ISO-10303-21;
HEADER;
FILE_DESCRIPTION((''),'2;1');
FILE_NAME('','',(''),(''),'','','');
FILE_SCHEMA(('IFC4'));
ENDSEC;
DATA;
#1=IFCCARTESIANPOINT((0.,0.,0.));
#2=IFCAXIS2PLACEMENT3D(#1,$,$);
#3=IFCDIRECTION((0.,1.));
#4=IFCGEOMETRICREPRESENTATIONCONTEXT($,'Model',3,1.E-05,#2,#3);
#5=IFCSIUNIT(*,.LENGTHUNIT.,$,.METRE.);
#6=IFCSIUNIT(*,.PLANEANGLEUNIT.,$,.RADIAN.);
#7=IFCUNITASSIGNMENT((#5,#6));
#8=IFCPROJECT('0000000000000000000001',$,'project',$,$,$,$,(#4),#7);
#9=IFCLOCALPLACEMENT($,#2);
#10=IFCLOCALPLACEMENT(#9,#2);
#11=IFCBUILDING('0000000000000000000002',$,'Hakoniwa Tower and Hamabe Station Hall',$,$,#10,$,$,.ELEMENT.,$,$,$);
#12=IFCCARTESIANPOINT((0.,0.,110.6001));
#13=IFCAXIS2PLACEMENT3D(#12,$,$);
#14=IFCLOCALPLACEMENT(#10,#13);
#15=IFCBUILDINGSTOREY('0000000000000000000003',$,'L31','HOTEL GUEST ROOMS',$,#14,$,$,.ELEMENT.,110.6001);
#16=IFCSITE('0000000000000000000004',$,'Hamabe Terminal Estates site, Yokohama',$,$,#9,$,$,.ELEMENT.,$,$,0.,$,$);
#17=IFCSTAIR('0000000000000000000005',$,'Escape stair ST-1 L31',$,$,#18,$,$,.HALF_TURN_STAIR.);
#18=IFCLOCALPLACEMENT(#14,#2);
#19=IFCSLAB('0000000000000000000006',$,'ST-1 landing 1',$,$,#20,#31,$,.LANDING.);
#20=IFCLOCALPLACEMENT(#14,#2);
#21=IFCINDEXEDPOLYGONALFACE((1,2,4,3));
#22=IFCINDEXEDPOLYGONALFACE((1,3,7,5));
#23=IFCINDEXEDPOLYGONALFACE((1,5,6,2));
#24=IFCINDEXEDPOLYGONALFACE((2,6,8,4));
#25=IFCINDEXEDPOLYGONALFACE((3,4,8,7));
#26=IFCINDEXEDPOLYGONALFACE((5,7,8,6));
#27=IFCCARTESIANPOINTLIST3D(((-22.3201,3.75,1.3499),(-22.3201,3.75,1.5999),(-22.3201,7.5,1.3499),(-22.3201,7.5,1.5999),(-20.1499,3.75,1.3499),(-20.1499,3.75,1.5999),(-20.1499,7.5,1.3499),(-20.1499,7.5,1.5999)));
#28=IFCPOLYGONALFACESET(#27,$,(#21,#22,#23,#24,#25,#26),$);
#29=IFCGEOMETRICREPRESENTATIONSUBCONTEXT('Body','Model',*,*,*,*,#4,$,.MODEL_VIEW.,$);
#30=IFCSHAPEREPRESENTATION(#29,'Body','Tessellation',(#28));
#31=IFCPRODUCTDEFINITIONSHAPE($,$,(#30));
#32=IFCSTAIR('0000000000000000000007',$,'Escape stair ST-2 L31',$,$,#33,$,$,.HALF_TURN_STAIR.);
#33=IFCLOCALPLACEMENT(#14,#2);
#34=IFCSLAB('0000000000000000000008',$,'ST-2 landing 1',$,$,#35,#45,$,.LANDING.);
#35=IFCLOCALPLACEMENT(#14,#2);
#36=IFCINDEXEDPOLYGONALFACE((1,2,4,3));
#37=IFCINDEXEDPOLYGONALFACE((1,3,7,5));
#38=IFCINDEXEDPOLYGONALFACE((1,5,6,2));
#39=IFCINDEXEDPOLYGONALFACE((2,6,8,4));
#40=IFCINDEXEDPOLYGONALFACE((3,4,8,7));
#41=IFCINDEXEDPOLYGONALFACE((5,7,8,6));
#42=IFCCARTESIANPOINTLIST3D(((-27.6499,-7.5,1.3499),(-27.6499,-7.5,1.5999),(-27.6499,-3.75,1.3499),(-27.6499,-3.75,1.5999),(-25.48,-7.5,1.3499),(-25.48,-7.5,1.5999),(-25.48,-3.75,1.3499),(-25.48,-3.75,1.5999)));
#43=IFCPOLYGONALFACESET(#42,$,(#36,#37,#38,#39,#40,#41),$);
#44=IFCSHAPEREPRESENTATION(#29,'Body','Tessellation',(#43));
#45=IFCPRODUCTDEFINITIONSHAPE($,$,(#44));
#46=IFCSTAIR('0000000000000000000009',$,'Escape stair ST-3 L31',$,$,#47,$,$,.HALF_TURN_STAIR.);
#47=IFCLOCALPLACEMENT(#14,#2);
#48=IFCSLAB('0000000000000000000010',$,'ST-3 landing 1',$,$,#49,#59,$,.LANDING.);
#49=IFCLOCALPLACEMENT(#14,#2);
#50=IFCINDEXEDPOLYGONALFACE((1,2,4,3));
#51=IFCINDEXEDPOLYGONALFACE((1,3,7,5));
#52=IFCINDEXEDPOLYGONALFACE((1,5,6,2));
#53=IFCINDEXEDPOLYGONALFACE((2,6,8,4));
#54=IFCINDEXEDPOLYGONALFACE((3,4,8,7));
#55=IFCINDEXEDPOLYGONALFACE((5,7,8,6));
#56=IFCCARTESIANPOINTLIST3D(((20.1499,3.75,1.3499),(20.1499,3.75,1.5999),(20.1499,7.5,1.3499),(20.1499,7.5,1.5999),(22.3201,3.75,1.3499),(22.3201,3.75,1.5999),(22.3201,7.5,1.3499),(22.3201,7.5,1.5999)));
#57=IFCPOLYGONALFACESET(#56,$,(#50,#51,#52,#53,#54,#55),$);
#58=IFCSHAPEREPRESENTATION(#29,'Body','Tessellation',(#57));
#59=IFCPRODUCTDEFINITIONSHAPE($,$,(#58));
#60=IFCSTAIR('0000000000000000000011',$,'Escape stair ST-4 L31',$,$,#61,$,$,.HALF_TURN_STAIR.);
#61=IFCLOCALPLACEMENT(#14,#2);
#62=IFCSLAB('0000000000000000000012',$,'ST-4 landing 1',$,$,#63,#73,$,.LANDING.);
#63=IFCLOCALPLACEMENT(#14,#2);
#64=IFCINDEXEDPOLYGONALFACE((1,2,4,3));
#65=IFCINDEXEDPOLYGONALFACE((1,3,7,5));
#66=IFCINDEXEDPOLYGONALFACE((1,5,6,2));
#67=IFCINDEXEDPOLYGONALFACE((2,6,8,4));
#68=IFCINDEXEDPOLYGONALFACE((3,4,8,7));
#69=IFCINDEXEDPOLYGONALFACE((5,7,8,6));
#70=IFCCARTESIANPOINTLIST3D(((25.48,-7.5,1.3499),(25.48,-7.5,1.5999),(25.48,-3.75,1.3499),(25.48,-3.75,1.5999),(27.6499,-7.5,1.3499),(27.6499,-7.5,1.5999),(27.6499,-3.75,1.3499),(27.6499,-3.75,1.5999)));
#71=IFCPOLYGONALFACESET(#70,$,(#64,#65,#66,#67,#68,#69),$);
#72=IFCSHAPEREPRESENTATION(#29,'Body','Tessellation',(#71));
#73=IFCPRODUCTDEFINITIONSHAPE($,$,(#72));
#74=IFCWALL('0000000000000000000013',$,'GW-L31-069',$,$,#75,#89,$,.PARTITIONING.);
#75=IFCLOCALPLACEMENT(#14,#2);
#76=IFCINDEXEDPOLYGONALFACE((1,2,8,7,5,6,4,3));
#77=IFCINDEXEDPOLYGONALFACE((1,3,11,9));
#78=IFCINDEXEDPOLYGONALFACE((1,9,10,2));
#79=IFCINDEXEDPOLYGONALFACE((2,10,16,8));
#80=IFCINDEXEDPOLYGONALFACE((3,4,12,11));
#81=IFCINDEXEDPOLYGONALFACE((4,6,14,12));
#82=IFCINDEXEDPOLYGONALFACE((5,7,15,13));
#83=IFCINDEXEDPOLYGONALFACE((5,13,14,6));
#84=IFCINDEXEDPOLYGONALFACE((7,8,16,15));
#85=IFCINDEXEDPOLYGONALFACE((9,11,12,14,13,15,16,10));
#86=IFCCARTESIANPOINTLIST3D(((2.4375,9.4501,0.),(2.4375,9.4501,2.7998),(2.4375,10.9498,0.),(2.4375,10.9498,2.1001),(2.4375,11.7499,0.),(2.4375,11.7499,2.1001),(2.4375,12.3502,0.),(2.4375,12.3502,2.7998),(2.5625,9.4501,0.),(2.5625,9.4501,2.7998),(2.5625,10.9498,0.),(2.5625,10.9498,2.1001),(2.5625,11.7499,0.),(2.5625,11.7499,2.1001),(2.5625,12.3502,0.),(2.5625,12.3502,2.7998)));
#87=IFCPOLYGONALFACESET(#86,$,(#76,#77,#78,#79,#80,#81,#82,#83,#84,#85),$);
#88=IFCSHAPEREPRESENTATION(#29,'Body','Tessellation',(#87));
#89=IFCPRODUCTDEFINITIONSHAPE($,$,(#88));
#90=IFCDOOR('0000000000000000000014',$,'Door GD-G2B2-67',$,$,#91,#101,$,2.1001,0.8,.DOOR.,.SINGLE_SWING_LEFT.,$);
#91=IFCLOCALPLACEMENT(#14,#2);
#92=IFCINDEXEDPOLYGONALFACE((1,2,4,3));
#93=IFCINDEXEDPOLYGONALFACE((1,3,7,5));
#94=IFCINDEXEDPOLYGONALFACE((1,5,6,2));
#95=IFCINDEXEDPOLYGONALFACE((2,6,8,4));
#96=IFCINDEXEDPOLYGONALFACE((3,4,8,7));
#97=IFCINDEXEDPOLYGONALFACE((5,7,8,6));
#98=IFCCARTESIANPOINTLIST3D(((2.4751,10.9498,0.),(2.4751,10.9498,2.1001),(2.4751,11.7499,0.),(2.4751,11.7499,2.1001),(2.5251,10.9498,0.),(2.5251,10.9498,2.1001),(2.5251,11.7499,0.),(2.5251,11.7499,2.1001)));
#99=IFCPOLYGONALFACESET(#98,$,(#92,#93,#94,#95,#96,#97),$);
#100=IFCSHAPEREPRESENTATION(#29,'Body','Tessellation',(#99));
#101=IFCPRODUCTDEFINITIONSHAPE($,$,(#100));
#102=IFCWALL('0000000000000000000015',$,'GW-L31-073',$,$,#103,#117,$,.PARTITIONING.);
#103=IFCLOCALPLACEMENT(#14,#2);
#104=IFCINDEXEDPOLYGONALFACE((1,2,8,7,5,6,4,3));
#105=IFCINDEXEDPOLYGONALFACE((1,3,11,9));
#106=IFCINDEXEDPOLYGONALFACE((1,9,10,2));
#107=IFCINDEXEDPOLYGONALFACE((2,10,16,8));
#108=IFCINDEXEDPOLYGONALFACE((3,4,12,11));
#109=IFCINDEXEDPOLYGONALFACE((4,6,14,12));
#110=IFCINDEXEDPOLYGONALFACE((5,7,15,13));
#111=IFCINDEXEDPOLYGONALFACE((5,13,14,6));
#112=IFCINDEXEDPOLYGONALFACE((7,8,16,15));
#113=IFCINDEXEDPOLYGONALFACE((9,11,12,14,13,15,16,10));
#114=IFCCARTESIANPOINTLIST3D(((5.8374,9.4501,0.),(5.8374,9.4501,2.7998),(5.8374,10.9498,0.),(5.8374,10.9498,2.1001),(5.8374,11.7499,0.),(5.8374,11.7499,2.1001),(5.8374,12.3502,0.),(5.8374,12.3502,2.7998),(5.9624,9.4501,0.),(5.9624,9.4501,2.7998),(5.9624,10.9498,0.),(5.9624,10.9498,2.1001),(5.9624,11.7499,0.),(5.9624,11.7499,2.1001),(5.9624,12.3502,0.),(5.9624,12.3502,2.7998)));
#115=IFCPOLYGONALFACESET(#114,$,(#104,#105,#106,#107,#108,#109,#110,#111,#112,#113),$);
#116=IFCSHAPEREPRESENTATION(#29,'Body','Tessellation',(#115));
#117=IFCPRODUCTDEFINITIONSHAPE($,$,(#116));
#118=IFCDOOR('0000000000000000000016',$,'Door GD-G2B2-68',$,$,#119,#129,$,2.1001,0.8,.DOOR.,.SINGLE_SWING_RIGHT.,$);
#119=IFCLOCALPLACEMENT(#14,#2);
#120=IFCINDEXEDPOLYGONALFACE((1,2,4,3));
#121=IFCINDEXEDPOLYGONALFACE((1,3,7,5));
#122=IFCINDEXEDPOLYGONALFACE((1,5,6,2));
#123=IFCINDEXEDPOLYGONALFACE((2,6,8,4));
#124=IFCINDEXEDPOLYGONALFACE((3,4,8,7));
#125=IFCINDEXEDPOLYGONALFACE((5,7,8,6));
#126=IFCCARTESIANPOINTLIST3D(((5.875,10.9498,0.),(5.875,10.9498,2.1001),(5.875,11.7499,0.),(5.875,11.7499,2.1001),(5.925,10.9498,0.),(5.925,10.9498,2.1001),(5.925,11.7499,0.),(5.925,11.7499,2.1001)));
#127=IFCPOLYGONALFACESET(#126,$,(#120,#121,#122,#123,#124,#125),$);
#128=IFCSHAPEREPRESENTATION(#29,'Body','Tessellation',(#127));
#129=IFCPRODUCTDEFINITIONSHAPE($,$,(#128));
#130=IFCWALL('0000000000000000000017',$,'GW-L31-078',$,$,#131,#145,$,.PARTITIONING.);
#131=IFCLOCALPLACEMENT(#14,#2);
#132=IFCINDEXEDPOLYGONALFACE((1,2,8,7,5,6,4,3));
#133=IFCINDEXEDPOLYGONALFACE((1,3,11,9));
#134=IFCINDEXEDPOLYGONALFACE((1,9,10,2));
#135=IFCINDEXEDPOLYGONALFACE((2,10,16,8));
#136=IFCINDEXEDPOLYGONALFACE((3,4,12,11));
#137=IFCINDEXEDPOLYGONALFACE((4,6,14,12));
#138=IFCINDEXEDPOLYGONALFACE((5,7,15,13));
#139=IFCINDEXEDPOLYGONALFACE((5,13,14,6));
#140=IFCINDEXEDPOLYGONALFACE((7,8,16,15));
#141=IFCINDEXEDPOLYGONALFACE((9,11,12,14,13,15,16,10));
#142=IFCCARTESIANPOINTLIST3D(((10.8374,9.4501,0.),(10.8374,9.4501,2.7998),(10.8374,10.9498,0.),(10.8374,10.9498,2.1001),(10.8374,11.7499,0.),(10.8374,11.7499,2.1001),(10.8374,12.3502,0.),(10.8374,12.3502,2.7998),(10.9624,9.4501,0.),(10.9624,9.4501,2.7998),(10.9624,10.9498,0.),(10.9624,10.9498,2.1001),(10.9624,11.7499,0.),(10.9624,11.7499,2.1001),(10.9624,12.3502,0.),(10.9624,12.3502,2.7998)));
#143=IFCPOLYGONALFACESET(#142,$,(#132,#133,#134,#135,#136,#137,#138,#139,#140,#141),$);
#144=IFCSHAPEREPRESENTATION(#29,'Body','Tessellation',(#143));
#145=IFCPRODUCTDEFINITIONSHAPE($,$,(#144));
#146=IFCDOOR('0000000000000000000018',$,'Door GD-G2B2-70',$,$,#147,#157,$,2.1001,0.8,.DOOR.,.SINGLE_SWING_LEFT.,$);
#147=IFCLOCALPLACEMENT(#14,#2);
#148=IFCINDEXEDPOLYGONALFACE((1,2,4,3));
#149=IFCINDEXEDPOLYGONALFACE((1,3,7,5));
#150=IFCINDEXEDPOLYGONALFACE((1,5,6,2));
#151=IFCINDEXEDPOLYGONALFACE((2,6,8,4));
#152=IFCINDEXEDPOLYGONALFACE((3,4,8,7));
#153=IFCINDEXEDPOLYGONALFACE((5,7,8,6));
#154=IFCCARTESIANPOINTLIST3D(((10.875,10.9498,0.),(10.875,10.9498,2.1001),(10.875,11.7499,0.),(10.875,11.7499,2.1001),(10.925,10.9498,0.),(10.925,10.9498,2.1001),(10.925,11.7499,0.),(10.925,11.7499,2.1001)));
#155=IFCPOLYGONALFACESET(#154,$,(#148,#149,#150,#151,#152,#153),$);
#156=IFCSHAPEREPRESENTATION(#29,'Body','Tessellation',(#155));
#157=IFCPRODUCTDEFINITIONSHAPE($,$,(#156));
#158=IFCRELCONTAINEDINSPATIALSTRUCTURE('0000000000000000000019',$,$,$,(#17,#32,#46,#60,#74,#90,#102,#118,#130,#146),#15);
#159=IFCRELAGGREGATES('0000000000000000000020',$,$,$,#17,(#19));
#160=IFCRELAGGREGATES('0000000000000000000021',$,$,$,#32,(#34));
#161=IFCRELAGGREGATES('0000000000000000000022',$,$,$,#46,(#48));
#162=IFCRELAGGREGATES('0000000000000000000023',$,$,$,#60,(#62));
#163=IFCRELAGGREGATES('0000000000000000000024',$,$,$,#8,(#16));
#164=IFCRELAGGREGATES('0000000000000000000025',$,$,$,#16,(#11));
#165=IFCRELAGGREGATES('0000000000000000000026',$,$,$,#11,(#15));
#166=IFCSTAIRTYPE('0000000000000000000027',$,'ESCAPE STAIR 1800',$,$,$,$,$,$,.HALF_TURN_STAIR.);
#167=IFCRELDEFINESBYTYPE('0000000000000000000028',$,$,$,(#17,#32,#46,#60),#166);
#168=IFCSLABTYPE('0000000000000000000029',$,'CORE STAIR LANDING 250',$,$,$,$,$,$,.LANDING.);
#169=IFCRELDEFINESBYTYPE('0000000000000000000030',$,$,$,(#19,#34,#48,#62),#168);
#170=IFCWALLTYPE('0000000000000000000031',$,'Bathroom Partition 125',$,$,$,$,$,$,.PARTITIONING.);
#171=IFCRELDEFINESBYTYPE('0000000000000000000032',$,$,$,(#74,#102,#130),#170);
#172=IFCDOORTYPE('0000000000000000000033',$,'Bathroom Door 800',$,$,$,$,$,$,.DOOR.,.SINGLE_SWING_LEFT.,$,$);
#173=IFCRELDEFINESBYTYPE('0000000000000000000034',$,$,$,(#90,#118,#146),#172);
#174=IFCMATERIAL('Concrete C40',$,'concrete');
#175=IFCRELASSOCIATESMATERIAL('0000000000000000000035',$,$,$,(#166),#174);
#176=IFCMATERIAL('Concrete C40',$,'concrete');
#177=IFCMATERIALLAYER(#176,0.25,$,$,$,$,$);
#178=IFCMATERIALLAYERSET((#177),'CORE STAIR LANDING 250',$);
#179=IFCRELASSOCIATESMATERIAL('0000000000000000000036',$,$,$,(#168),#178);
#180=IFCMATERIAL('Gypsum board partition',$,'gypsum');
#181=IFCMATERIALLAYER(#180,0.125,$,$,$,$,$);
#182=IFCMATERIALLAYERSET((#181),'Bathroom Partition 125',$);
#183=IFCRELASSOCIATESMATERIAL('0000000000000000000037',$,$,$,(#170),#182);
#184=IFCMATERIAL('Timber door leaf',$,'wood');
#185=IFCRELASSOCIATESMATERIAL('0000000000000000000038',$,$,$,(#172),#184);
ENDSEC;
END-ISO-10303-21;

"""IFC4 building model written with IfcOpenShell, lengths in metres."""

from ifc_helpers import new_model, si_unit, direction, frame, frame_2d, origin, place, context, subcontext, project, spatial, polyline, rectangle, outline, extrude, material, layer, layer_set, type_object, element, fill, aggregate, save


model = new_model("IFC4")

# Units and contexts
model_context = context("Model", 3, precision=1e-05, world=origin(), true_north=direction((0.0, 1.0)))
body_context = subcontext(model_context, "Body", "Model", "MODEL_VIEW")
ifc_project = project(units=[si_unit("LENGTHUNIT", "METRE"), si_unit("PLANEANGLEUNIT", "RADIAN")], contexts=[model_context])

# Site, building, storey
site_placement = place(None, origin())
site = spatial("IfcSite", under=ifc_project, at=site_placement, Name="Hamabe Terminal Estates site, Yokohama", CompositionType="ELEMENT", RefElevation=0.0)
building_placement = place(site_placement, origin())
building = spatial("IfcBuilding", under=site, at=building_placement, Name="Hakoniwa Tower and Hamabe Station Hall", CompositionType="ELEMENT")
storey_placement = place(building_placement, frame((0.0, 0.0, 110.6001)))
storey = spatial("IfcBuildingStorey", under=building, at=storey_placement, Name="L31", Description="HOTEL GUEST ROOMS", CompositionType="ELEMENT", Elevation=110.6001)

# Stairs, slabs
ifc_material_1 = material(Name="Concrete C40", Category="concrete")
stair_type = type_object("IfcStairType", Name="ESCAPE STAIR 1800", PredefinedType="HALF_TURN_STAIR", material=ifc_material_1)
stair_1_placement = place(storey_placement, origin())
stair_1 = element("IfcStair", 1, at=stair_1_placement, inside=storey, type_object=stair_type, Name="Escape stair ST-1 L31", PredefinedType="HALF_TURN_STAIR")
ifc_material_2 = material(Name="Concrete C40", Category="concrete")
ifc_layer_1 = layer(ifc_material_2, 0.25)
ifc_layer_set_1 = layer_set([ifc_layer_1], Name="CORE STAIR LANDING 250")
slab_type = type_object("IfcSlabType", Name="CORE STAIR LANDING 250", PredefinedType="LANDING", material=ifc_layer_set_1)
slab_1_placement = place(storey_placement, frame((0.0, 0.0, 1.3499)))
slab_1 = element("IfcSlab", 2, at=slab_1_placement, type_object=slab_type, Name="ST-1 landing 1", PredefinedType="LANDING", context=body_context, shape_type="SweptSolid", body=[
    extrude(outline(polyline([(-22.3201, 3.75), (-20.1499, 3.75), (-20.1499, 7.5), (-22.3201, 7.5), (-22.3201, 3.75)])), origin(), (0.0, 0.0, 1.0), 0.25),
])
aggregate(stair_1, [slab_1])
stair_2_placement = place(storey_placement, origin())
stair_2 = element("IfcStair", 3, at=stair_2_placement, inside=storey, type_object=stair_type, Name="Escape stair ST-2 L31", PredefinedType="HALF_TURN_STAIR")
slab_2_placement = place(storey_placement, frame((0.0, 0.0, 1.3499)))
slab_2 = element("IfcSlab", 4, at=slab_2_placement, type_object=slab_type, Name="ST-2 landing 1", PredefinedType="LANDING", context=body_context, shape_type="SweptSolid", body=[
    extrude(outline(polyline([(-25.48, -7.5), (-27.6499, -7.5), (-27.6499, -3.75), (-25.48, -3.75), (-25.48, -7.5)])), origin(), (0.0, 0.0, 1.0), 0.25),
])
aggregate(stair_2, [slab_2])
stair_3_placement = place(storey_placement, origin())
stair_3 = element("IfcStair", 5, at=stair_3_placement, inside=storey, type_object=stair_type, Name="Escape stair ST-3 L31", PredefinedType="HALF_TURN_STAIR")
slab_3_placement = place(storey_placement, frame((0.0, 0.0, 1.3499)))
slab_3 = element("IfcSlab", 6, at=slab_3_placement, type_object=slab_type, Name="ST-3 landing 1", PredefinedType="LANDING", context=body_context, shape_type="SweptSolid", body=[
    extrude(outline(polyline([(22.3201, 3.75), (20.1499, 3.75), (20.1499, 7.5), (22.3201, 7.5), (22.3201, 3.75)])), origin(), (0.0, 0.0, 1.0), 0.25),
])
aggregate(stair_3, [slab_3])
stair_4_placement = place(storey_placement, origin())
stair_4 = element("IfcStair", 7, at=stair_4_placement, inside=storey, type_object=stair_type, Name="Escape stair ST-4 L31", PredefinedType="HALF_TURN_STAIR")
slab_4_placement = place(storey_placement, frame((0.0, 0.0, 1.3499)))
slab_4 = element("IfcSlab", 8, at=slab_4_placement, type_object=slab_type, Name="ST-4 landing 1", PredefinedType="LANDING", context=body_context, shape_type="SweptSolid", body=[
    extrude(outline(polyline([(25.48, -7.5), (27.6499, -7.5), (27.6499, -3.75), (25.48, -3.75), (25.48, -7.5)])), origin(), (0.0, 0.0, 1.0), 0.25),
])
aggregate(stair_4, [slab_4])

# Walls, openings, doors
ifc_material_3 = material(Name="Gypsum board partition", Category="gypsum")
ifc_layer_2 = layer(ifc_material_3, 0.125)
ifc_layer_set_2 = layer_set([ifc_layer_2], Name="Bathroom Partition 125")
wall_type_1 = type_object("IfcWallType", Name="Bathroom Partition 125", PredefinedType="PARTITIONING", material=ifc_layer_set_2)
wall_1_placement = place(storey_placement, frame((2.5, 9.45, 0.0), z_axis=(0.0, 0.0, 1.0), x_axis=(0.0, 1.0, 0.0)))
wall_1 = element("IfcWall", 9, at=wall_1_placement, inside=storey, type_object=wall_type_1, Name="GW-L31-069", PredefinedType="PARTITIONING", context=body_context, shape_type="SweptSolid", body=[
    extrude(rectangle(XDim=2.9001, YDim=0.125, at=frame_2d((1.4502, 0.0))), origin(), (0.0, 0.0, 1.0), 2.7998),
])
opening_1_placement = place(wall_1_placement, frame((1.5, 0.0, 0.0)))
opening_1 = element("IfcOpeningElement", 10, at=opening_1_placement, cuts=wall_1, PredefinedType="OPENING", context=body_context, shape_type="SweptSolid", body=[
    extrude(rectangle(XDim=0.8, YDim=2.1001, at=frame_2d((0.3999, 1.05))), frame((0.0, 0.0725, 0.0), z_axis=(0.0, -1.0, 0.0), x_axis=(1.0, 0.0, 0.0)), (0.0, 0.0, 1.0), 0.145),
])
ifc_material_4 = material(Name="Timber door leaf", Category="wood")
door_type_1 = type_object("IfcDoorType", Name="Bathroom Door 800", OperationType="SINGLE_SWING_LEFT", PredefinedType="DOOR", material=ifc_material_4)
door_1_placement = place(opening_1_placement, origin())
door_1 = element("IfcDoor", 11, at=door_1_placement, inside=storey, type_object=door_type_1, Name="Door GD-G2B2-67", OperationType="SINGLE_SWING_LEFT", OverallHeight=2.1001, OverallWidth=0.8, PredefinedType="DOOR", context=body_context, shape_type="SweptSolid", body=[
    extrude(rectangle(XDim=0.8, YDim=2.1001, at=frame_2d((0.3999, 1.05))), frame((0.0, 0.0249, 0.0), z_axis=(0.0, -1.0, 0.0), x_axis=(1.0, 0.0, 0.0)), (0.0, 0.0, 1.0), 0.05),
])
fill(opening_1, door_1)
wall_2_placement = place(storey_placement, frame((5.8999, 9.45, 0.0), z_axis=(0.0, 0.0, 1.0), x_axis=(0.0, 1.0, 0.0)))
wall_2 = element("IfcWall", 12, at=wall_2_placement, inside=storey, type_object=wall_type_1, Name="GW-L31-073", PredefinedType="PARTITIONING", context=body_context, shape_type="SweptSolid", body=[
    extrude(rectangle(XDim=2.9001, YDim=0.125, at=frame_2d((1.4502, 0.0))), origin(), (0.0, 0.0, 1.0), 2.7998),
])
opening_2_placement = place(wall_2_placement, frame((1.5, 0.0, 0.0)))
opening_2 = element("IfcOpeningElement", 13, at=opening_2_placement, cuts=wall_2, PredefinedType="OPENING", context=body_context, shape_type="SweptSolid", body=[
    extrude(rectangle(XDim=0.8, YDim=2.1001, at=frame_2d((0.3999, 1.05))), frame((0.0, 0.0725, 0.0), z_axis=(0.0, -1.0, 0.0), x_axis=(1.0, 0.0, 0.0)), (0.0, 0.0, 1.0), 0.145),
])
door_2_placement = place(opening_2_placement, origin())
door_2 = element("IfcDoor", 14, at=door_2_placement, inside=storey, type_object=door_type_1, Name="Door GD-G2B2-68", OperationType="SINGLE_SWING_RIGHT", OverallHeight=2.1001, OverallWidth=0.8, PredefinedType="DOOR", context=body_context, shape_type="SweptSolid", body=[
    extrude(rectangle(XDim=0.8, YDim=2.1001, at=frame_2d((0.3999, 1.05))), frame((0.0, 0.0249, 0.0), z_axis=(0.0, -1.0, 0.0), x_axis=(1.0, 0.0, 0.0)), (0.0, 0.0, 1.0), 0.05),
])
fill(opening_2, door_2)
wall_3_placement = place(storey_placement, frame((10.8999, 9.45, 0.0), z_axis=(0.0, 0.0, 1.0), x_axis=(0.0, 1.0, 0.0)))
wall_3 = element("IfcWall", 15, at=wall_3_placement, inside=storey, type_object=wall_type_1, Name="GW-L31-078", PredefinedType="PARTITIONING", context=body_context, shape_type="SweptSolid", body=[
    extrude(rectangle(XDim=2.9001, YDim=0.125, at=frame_2d((1.4502, 0.0))), origin(), (0.0, 0.0, 1.0), 2.7998),
])
opening_3_placement = place(wall_3_placement, frame((1.5, 0.0, 0.0)))
opening_3 = element("IfcOpeningElement", 16, at=opening_3_placement, cuts=wall_3, PredefinedType="OPENING", context=body_context, shape_type="SweptSolid", body=[
    extrude(rectangle(XDim=0.8, YDim=2.1001, at=frame_2d((0.3999, 1.05))), frame((0.0, 0.0725, 0.0), z_axis=(0.0, -1.0, 0.0), x_axis=(1.0, 0.0, 0.0)), (0.0, 0.0, 1.0), 0.145),
])
door_3_placement = place(opening_3_placement, origin())
door_3 = element("IfcDoor", 17, at=door_3_placement, inside=storey, type_object=door_type_1, Name="Door GD-G2B2-70", OperationType="SINGLE_SWING_LEFT", OverallHeight=2.1001, OverallWidth=0.8, PredefinedType="DOOR", context=body_context, shape_type="SweptSolid", body=[
    extrude(rectangle(XDim=0.8, YDim=2.1001, at=frame_2d((0.3999, 1.05))), frame((0.0, 0.0249, 0.0), z_axis=(0.0, -1.0, 0.0), x_axis=(1.0, 0.0, 0.0)), (0.0, 0.0, 1.0), 0.05),
])
fill(opening_3, door_3)

save(model, "model.ifc")
